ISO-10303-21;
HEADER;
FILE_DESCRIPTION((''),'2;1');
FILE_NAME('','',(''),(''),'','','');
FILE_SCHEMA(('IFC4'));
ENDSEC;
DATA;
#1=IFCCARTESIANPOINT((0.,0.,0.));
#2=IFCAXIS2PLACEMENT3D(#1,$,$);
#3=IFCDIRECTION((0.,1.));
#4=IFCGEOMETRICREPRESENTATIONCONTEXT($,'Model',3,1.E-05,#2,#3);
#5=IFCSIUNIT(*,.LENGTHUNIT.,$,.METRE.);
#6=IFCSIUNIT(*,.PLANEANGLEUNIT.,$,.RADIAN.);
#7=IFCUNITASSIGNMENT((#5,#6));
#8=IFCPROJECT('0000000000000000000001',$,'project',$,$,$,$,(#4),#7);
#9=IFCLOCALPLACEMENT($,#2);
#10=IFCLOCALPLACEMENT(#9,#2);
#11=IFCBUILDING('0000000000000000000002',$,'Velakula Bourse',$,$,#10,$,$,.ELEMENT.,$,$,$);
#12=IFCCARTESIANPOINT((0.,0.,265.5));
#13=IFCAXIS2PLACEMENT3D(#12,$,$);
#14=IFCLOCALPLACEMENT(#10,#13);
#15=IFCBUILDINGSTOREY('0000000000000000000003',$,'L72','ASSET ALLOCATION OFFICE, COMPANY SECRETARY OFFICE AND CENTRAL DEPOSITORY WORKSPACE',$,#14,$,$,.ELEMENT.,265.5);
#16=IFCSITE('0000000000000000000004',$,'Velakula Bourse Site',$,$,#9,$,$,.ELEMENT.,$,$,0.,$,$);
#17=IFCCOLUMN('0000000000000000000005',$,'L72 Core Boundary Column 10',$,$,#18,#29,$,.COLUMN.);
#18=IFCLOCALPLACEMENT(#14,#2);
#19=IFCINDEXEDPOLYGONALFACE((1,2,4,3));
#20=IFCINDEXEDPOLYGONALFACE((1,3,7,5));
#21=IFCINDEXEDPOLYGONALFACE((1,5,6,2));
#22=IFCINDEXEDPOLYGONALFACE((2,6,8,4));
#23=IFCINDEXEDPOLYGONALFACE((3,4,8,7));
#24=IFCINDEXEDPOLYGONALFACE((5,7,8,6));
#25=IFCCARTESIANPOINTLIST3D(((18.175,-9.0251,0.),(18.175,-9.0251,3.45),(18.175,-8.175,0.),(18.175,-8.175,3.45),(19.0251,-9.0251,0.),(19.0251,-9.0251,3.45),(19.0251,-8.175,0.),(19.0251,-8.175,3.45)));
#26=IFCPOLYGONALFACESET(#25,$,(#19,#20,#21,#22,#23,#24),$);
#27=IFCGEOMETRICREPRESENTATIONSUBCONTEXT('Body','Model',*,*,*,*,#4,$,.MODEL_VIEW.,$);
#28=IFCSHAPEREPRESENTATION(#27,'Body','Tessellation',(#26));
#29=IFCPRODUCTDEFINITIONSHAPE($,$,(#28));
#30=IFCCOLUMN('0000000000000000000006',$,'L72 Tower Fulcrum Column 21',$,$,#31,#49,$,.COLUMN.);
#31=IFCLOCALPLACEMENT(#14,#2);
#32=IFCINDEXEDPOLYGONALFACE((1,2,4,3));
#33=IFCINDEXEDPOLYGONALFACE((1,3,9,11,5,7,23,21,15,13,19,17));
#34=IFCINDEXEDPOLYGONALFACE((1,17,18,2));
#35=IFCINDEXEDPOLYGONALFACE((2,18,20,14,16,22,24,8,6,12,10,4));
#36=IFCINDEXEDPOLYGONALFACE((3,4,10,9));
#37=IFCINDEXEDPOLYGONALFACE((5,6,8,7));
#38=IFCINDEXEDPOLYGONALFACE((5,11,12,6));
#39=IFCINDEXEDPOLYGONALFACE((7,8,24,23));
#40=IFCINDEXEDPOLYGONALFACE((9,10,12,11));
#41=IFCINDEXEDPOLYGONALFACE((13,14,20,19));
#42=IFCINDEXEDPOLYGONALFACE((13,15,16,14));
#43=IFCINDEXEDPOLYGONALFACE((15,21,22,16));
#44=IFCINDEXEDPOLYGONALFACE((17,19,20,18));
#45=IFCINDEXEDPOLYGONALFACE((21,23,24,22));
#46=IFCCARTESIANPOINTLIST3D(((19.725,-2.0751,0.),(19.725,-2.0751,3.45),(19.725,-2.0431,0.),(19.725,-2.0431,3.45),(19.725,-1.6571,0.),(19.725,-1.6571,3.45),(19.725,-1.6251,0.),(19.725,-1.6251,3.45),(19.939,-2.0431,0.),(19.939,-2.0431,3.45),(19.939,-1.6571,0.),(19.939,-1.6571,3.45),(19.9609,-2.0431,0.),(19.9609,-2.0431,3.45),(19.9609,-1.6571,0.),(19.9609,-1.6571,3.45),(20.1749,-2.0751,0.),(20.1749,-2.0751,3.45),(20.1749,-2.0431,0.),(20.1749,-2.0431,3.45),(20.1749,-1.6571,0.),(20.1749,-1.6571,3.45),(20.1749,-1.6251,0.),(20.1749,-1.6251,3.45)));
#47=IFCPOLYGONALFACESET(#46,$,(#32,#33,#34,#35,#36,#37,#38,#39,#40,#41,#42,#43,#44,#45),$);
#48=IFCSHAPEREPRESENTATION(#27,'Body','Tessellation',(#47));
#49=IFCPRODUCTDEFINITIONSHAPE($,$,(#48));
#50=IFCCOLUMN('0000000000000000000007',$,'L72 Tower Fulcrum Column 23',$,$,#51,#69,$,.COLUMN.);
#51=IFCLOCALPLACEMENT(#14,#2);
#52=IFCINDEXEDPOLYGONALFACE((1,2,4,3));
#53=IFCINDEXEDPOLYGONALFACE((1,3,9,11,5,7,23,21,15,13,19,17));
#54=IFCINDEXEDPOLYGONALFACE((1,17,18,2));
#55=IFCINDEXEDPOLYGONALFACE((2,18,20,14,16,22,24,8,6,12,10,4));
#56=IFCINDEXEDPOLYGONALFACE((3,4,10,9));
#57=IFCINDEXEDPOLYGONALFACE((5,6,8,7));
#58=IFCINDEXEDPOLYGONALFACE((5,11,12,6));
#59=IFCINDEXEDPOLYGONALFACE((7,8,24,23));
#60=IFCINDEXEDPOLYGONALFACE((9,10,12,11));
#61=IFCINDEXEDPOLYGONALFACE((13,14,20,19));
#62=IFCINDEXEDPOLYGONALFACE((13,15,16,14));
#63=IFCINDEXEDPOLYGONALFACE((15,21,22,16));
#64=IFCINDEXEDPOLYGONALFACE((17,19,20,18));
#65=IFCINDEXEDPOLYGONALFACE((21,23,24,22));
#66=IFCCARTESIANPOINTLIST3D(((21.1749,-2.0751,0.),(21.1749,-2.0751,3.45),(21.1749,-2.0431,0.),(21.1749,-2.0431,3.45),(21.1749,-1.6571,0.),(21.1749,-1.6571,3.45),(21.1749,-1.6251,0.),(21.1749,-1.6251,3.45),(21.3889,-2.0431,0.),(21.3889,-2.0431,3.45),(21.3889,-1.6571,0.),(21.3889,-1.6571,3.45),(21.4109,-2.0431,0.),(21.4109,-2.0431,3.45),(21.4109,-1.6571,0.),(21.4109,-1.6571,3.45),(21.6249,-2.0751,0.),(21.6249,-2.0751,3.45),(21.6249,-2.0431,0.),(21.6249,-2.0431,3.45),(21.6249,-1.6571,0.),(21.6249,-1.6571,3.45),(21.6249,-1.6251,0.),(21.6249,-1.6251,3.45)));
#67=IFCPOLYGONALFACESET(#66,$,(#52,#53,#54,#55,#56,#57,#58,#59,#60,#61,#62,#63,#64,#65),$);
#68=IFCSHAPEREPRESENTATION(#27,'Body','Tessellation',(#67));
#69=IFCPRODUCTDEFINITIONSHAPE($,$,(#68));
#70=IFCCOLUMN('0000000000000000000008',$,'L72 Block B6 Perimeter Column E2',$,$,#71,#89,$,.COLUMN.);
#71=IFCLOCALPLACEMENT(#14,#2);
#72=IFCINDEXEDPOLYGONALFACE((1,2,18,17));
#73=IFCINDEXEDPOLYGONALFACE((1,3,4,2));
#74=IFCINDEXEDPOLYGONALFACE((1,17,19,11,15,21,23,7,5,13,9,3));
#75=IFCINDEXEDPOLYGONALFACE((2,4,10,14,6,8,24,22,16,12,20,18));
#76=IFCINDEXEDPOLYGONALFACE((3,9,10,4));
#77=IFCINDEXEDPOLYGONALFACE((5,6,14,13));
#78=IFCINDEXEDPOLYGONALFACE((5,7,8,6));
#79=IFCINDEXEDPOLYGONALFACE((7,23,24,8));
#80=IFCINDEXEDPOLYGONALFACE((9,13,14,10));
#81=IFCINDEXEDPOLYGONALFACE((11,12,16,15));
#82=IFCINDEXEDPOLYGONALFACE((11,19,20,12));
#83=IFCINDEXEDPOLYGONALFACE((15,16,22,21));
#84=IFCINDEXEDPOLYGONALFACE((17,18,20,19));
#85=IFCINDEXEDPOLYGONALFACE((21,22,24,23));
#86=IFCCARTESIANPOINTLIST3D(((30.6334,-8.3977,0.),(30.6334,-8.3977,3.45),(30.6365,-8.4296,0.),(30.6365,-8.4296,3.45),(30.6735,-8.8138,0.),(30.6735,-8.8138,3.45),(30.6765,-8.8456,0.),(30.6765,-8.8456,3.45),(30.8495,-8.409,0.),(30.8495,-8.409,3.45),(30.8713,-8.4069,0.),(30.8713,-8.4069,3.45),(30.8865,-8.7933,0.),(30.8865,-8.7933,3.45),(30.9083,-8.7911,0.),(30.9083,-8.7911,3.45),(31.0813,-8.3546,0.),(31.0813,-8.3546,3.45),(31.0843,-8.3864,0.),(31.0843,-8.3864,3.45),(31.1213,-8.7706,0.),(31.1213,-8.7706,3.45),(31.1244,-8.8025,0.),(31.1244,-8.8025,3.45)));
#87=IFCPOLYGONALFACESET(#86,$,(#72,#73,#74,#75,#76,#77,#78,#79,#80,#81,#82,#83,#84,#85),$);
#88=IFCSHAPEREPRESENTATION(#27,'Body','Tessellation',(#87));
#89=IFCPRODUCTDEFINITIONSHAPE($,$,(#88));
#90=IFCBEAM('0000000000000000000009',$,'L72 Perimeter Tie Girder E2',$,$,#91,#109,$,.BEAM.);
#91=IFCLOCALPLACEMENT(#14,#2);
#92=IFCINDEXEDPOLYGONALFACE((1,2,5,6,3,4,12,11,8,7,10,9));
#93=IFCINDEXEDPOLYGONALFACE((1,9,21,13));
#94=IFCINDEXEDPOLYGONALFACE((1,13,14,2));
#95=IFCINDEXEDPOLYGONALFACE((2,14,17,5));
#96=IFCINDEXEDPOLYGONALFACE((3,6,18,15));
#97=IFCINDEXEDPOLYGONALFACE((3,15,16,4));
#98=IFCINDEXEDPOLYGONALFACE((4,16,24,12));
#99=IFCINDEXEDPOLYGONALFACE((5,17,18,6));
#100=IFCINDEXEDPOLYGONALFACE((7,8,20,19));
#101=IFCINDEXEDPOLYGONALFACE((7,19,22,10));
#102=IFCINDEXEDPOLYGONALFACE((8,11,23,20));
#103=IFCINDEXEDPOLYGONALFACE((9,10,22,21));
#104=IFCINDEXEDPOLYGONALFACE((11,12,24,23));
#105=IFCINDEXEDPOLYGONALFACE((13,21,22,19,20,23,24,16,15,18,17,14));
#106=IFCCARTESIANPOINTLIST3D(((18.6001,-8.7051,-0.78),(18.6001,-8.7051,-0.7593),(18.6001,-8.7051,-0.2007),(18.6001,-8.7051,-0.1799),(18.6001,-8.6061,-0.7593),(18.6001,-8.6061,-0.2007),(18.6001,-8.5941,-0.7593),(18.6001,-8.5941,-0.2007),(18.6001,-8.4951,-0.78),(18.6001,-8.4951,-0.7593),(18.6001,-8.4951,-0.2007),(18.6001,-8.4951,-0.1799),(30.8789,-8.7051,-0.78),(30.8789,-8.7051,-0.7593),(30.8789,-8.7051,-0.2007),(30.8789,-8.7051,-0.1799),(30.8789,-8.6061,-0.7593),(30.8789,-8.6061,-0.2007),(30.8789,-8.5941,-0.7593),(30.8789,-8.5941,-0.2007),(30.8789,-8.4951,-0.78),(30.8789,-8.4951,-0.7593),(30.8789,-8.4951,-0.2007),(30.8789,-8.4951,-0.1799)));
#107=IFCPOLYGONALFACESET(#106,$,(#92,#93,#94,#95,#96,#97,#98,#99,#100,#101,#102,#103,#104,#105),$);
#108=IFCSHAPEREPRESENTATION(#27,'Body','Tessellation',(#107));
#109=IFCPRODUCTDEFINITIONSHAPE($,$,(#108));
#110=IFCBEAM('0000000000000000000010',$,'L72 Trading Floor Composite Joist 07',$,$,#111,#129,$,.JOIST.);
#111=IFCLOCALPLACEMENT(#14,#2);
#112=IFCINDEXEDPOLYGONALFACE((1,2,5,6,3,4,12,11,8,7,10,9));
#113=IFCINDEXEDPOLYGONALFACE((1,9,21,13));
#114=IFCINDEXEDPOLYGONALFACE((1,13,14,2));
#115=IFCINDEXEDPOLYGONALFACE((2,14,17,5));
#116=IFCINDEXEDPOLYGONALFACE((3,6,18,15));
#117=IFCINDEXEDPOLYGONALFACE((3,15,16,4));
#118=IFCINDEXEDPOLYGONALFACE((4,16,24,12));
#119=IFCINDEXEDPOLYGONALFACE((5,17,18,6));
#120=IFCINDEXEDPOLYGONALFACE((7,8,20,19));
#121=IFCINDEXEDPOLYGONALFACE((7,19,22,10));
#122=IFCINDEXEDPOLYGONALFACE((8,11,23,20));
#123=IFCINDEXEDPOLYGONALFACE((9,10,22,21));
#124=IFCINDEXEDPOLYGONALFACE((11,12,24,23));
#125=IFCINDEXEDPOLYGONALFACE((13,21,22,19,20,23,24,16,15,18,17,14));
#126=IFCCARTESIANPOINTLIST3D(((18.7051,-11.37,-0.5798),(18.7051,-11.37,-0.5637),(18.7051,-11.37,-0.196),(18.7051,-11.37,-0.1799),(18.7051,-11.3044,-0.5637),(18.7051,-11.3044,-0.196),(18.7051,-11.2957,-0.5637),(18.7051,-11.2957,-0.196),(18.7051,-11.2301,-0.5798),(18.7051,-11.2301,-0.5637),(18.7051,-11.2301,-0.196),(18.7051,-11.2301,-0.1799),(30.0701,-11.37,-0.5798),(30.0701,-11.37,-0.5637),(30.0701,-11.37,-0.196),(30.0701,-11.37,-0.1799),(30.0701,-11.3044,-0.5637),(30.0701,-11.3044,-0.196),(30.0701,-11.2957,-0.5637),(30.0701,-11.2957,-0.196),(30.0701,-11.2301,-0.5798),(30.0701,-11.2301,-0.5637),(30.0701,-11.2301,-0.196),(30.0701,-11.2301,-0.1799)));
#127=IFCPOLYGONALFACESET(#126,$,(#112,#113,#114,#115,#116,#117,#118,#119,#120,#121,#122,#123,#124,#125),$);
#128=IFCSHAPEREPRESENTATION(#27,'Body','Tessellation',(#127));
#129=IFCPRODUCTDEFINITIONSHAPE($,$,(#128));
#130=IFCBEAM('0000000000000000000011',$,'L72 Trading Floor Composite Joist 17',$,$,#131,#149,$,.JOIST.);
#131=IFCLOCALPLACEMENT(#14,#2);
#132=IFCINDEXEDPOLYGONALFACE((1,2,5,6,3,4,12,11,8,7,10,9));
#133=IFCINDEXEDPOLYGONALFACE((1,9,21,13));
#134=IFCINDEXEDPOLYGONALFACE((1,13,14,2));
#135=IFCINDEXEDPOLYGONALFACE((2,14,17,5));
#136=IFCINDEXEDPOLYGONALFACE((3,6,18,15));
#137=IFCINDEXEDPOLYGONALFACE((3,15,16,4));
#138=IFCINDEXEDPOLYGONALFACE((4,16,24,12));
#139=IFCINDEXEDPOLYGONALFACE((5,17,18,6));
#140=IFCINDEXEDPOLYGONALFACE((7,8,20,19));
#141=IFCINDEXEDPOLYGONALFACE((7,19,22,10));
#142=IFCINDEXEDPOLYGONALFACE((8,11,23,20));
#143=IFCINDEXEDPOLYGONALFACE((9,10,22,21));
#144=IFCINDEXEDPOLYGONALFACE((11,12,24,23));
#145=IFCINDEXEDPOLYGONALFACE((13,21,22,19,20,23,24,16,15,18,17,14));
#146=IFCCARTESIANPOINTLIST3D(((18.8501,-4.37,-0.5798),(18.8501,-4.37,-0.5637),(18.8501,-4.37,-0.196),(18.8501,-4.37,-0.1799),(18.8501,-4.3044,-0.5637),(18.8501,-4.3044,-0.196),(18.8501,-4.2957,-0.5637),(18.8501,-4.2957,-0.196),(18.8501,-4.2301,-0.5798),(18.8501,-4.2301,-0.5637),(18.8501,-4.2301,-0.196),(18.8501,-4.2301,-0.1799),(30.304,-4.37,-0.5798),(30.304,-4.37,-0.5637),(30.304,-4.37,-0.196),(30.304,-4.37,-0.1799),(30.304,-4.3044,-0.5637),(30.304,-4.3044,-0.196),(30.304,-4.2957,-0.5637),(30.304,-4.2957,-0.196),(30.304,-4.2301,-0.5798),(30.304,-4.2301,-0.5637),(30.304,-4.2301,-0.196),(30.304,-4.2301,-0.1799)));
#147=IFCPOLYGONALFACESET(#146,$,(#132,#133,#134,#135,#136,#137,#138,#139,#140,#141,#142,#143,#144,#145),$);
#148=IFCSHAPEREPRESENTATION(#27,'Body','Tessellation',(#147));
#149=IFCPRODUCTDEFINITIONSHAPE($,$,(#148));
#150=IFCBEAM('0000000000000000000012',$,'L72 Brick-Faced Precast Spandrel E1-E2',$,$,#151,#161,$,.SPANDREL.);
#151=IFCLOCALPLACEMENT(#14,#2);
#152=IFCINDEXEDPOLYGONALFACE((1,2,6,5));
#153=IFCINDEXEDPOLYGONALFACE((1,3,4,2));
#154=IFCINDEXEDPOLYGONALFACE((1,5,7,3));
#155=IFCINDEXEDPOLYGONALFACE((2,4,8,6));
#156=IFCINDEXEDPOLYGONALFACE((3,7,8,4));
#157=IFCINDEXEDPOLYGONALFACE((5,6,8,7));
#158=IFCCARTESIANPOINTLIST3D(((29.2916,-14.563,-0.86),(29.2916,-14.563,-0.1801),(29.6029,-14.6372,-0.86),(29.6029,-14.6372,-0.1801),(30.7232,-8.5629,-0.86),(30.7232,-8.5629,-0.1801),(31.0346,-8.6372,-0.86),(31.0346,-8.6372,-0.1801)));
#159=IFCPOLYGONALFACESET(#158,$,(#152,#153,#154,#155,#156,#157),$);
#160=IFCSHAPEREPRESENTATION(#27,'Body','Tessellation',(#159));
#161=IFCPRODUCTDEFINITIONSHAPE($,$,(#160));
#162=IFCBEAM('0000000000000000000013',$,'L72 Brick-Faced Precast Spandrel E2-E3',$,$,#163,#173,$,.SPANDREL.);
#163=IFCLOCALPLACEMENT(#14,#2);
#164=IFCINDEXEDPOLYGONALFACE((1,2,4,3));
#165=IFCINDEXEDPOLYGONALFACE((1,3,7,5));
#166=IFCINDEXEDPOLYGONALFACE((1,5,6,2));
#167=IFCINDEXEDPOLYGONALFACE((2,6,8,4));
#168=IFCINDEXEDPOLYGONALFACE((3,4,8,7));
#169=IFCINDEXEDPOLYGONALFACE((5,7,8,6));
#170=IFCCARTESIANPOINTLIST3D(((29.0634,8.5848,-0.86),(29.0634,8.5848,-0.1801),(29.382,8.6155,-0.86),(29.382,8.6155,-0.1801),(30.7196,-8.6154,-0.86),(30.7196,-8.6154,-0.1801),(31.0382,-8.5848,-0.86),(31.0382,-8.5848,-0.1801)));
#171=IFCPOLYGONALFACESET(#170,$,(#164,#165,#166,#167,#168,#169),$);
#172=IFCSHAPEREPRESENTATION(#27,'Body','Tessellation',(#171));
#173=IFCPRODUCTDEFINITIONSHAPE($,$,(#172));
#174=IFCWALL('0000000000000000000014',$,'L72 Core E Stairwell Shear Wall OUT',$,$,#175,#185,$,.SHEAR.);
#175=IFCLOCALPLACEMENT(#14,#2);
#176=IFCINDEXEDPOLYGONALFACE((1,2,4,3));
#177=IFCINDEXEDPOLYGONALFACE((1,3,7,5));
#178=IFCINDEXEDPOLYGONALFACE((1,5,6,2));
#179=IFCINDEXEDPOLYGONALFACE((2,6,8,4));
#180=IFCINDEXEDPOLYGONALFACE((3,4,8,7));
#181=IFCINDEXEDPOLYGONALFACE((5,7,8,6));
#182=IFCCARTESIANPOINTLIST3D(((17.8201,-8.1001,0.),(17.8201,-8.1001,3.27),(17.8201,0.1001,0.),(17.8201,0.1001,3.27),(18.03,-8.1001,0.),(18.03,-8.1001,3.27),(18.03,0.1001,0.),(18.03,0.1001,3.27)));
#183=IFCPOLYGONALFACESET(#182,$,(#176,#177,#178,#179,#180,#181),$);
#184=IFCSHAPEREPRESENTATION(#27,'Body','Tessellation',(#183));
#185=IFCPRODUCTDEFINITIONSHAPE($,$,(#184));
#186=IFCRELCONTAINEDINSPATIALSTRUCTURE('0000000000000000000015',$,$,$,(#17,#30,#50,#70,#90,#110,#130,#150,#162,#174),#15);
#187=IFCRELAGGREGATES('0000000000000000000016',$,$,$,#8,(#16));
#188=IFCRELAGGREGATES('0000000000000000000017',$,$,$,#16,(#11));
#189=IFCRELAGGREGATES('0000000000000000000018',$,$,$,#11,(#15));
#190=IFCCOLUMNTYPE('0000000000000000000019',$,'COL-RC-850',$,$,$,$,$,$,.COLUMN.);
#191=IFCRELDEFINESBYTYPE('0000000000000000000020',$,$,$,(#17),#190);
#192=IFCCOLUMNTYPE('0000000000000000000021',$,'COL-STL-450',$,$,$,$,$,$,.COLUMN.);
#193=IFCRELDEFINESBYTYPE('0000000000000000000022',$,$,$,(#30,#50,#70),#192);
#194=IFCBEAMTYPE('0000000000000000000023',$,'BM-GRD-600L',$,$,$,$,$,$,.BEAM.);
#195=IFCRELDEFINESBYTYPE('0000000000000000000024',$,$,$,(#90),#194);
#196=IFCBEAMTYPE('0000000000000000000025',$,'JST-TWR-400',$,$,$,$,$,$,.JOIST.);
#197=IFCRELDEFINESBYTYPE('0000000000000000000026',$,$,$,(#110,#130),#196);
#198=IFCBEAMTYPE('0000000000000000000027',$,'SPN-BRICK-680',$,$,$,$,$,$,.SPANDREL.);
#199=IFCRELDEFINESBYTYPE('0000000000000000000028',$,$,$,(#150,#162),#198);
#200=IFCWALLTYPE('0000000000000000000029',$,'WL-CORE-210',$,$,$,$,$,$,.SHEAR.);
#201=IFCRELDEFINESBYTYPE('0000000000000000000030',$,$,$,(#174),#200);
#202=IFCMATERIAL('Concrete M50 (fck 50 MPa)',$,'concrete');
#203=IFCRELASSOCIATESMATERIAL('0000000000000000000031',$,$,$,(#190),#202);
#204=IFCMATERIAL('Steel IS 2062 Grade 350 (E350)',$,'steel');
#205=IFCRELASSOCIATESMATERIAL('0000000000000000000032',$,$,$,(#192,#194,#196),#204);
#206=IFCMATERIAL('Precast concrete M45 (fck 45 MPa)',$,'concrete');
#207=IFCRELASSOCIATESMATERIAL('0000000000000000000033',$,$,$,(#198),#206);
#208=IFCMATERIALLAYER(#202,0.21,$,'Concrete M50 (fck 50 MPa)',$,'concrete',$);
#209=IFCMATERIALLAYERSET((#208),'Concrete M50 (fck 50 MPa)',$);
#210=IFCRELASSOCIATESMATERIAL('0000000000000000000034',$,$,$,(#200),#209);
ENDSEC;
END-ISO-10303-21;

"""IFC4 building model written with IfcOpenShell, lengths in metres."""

from ifc_helpers import new_model, si_unit, direction, frame, frame_2d, origin, origin_2d, place, context, subcontext, project, spatial, rectangle, i_section, extrude, material, layer, layer_set, material_profile, profile_set, type_object, element, save


model = new_model("IFC4")

# Units and contexts
model_context = context("Model", 3, precision=1e-05, world=origin(), true_north=direction((0.0, 1.0)))
body_context = subcontext(model_context, "Body", "Model", "MODEL_VIEW")
ifc_project = project(units=[si_unit("LENGTHUNIT", "METRE"), si_unit("PLANEANGLEUNIT", "RADIAN")], contexts=[model_context])

# Site, building, storey
site_placement = place(None, origin())
site = spatial("IfcSite", under=ifc_project, at=site_placement, Name="Velakula Bourse Site", CompositionType="ELEMENT", RefElevation=0.0)
building_placement = place(site_placement, origin())
building = spatial("IfcBuilding", under=site, at=building_placement, Name="Velakula Bourse", CompositionType="ELEMENT")
storey_placement = place(building_placement, frame((0.0, 0.0, 265.5)))
storey = spatial("IfcBuildingStorey", under=building, at=storey_placement, Name="L72", Description="ASSET ALLOCATION OFFICE, COMPANY SECRETARY OFFICE AND CENTRAL DEPOSITORY WORKSPACE", CompositionType="ELEMENT", Elevation=265.5)

# Columns
ifc_material_1 = material(Name="Concrete M50 (fck 50 MPa)", Category="concrete")
ifc_material_profile_1 = material_profile(ifc_material_1, rectangle(XDim=0.8501, YDim=0.8501, at=origin_2d()), Name="Concrete M50 (fck 50 MPa)")
ifc_profile_set_1 = profile_set([ifc_material_profile_1], Name="Concrete M50 (fck 50 MPa)")
column_type_1 = type_object("IfcColumnType", Name="COL-RC-850", PredefinedType="COLUMN", material=ifc_profile_set_1)
column_placement = place(storey_placement, frame((18.6001, -8.6001, 0.0), z_axis=(0.0, 0.0, 1.0), x_axis=(1.0, 0.0, 0.0)))
element("IfcColumn", 1, at=column_placement, inside=storey, type_object=column_type_1, Name="L72 Core Boundary Column 10", PredefinedType="COLUMN", context=body_context, shape_type="SweptSolid", body=[
    extrude(rectangle(XDim=0.8501, YDim=0.8501, at=origin_2d()), origin(), (0.0, 0.0, 1.0), 3.45),
])
ifc_material_2 = material(Name="Steel IS 2062 Grade 350 (E350)", Category="steel")
ifc_material_profile_2 = material_profile(ifc_material_2, i_section(OverallWidth=0.45, OverallDepth=0.45, WebThickness=0.022, FlangeThickness=0.032, at=origin_2d()), Name="Steel IS 2062 Grade 350 (E350)")
ifc_profile_set_2 = profile_set([ifc_material_profile_2], Name="Steel IS 2062 Grade 350 (E350)")
column_type_2 = type_object("IfcColumnType", Name="COL-STL-450", PredefinedType="COLUMN", material=ifc_profile_set_2)
for number, where, z_axis, x_axis, name in (
    (2, (19.95, -1.8501, 0.0), (0.0, 0.0, 1.0), (1.0, 0.0, 0.0), "L72 Tower Fulcrum Column 21"),
    (3, (21.3999, -1.8501, 0.0), (0.0, 0.0, 1.0), (1.0, 0.0, 0.0), "L72 Tower Fulcrum Column 23"),
    (4, (30.8789, -8.6001, 0.0), (0.0, 0.0, 1.0), (0.995396, 0.095846, 0.0), "L72 Block B6 Perimeter Column E2"),
):
    element("IfcColumn", number, at=place(storey_placement, frame(where, z_axis=z_axis, x_axis=x_axis)), inside=storey, type_object=column_type_2, Name=name, PredefinedType="COLUMN", context=body_context, shape_type="SweptSolid", body=[
        extrude(i_section(OverallWidth=0.45, OverallDepth=0.45, WebThickness=0.022, FlangeThickness=0.032, at=origin_2d()), origin(), (0.0, 0.0, 1.0), 3.45),
    ])

# Beams
ifc_material_profile_3 = material_profile(ifc_material_2, i_section(OverallWidth=0.21, OverallDepth=0.6001, WebThickness=0.012, FlangeThickness=0.0208, at=origin_2d()), Name="Steel IS 2062 Grade 350 (E350)")
ifc_profile_set_3 = profile_set([ifc_material_profile_3], Name="Steel IS 2062 Grade 350 (E350)")
beam_type_1 = type_object("IfcBeamType", Name="BM-GRD-600L", PredefinedType="BEAM", material=ifc_profile_set_3)
beam_1_placement = place(storey_placement, frame((18.6001, -8.6001, -0.48), z_axis=(1.0, 0.0, 0.0), x_axis=(0.0, 1.0, 0.0)))
element("IfcBeam", 5, at=beam_1_placement, inside=storey, type_object=beam_type_1, Name="L72 Perimeter Tie Girder E2", PredefinedType="BEAM", context=body_context, shape_type="SweptSolid", body=[
    extrude(i_section(OverallWidth=0.21, OverallDepth=0.6001, WebThickness=0.012, FlangeThickness=0.0208, at=origin_2d()), origin(), (0.0, 0.0, 1.0), 12.2788),
])
ifc_material_profile_4 = material_profile(ifc_material_2, i_section(OverallWidth=0.1399, OverallDepth=0.3999, WebThickness=0.0088, FlangeThickness=0.0161, at=origin_2d()), Name="Steel IS 2062 Grade 350 (E350)")
ifc_profile_set_4 = profile_set([ifc_material_profile_4], Name="Steel IS 2062 Grade 350 (E350)")
beam_type_2 = type_object("IfcBeamType", Name="JST-TWR-400", PredefinedType="JOIST", material=ifc_profile_set_4)
beam_2_placement = place(storey_placement, frame((18.7051, -11.3, -0.3799), z_axis=(1.0, 0.0, 0.0), x_axis=(0.0, 1.0, 0.0)))
element("IfcBeam", 6, at=beam_2_placement, inside=storey, type_object=beam_type_2, Name="L72 Trading Floor Composite Joist 07", PredefinedType="JOIST", context=body_context, shape_type="SweptSolid", body=[
    extrude(i_section(OverallWidth=0.1399, OverallDepth=0.3999, WebThickness=0.0088, FlangeThickness=0.0161, at=origin_2d()), origin(), (0.0, 0.0, 1.0), 11.365),
])
beam_3_placement = place(storey_placement, frame((18.8501, -4.3, -0.3799), z_axis=(1.0, 0.0, 0.0), x_axis=(0.0, 1.0, 0.0)))
element("IfcBeam", 7, at=beam_3_placement, inside=storey, type_object=beam_type_2, Name="L72 Trading Floor Composite Joist 17", PredefinedType="JOIST", context=body_context, shape_type="SweptSolid", body=[
    extrude(i_section(OverallWidth=0.1399, OverallDepth=0.3999, WebThickness=0.0088, FlangeThickness=0.0161, at=origin_2d()), origin(), (0.0, 0.0, 1.0), 11.4539),
])
ifc_material_3 = material(Name="Precast concrete M45 (fck 45 MPa)", Category="concrete")
ifc_material_profile_5 = material_profile(ifc_material_3, rectangle(XDim=0.3201, YDim=0.6799, at=origin_2d()), Name="Precast concrete M45 (fck 45 MPa)")
ifc_profile_set_5 = profile_set([ifc_material_profile_5], Name="Precast concrete M45 (fck 45 MPa)")
beam_type_3 = type_object("IfcBeamType", Name="SPN-BRICK-680", PredefinedType="SPANDREL", material=ifc_profile_set_5)
beam_4_placement = place(storey_placement, frame((29.4473, -14.6001, -0.52), z_axis=(0.232091, 0.972694, 0.0), x_axis=(-0.972694, 0.232091, 0.0)))
element("IfcBeam", 8, at=beam_4_placement, inside=storey, type_object=beam_type_3, Name="L72 Brick-Faced Precast Spandrel E1-E2", PredefinedType="SPANDREL", context=body_context, shape_type="SweptSolid", body=[
    extrude(rectangle(XDim=0.3201, YDim=0.6799, at=origin_2d()), origin(), (0.0, 0.0, 1.0), 6.1685),
])
beam_5_placement = place(storey_placement, frame((30.8789, -8.6001, -0.52), z_axis=(-0.095849, 0.995396, 0.0), x_axis=(-0.995396, -0.095849, 0.0)))
element("IfcBeam", 9, at=beam_5_placement, inside=storey, type_object=beam_type_3, Name="L72 Brick-Faced Precast Spandrel E2-E3", PredefinedType="SPANDREL", context=body_context, shape_type="SweptSolid", body=[
    extrude(rectangle(XDim=0.3201, YDim=0.6799, at=origin_2d()), origin(), (0.0, 0.0, 1.0), 17.2798),
])

# Wall
ifc_layer_1 = layer(ifc_material_1, 0.21, Name="Concrete M50 (fck 50 MPa)", Category="concrete")
ifc_layer_set_1 = layer_set([ifc_layer_1], Name="Concrete M50 (fck 50 MPa)")
wall_type_1 = type_object("IfcWallType", Name="WL-CORE-210", PredefinedType="SHEAR", material=ifc_layer_set_1)
wall_1_placement = place(storey_placement, frame((17.925, -8.1001, 0.0), z_axis=(0.0, 0.0, 1.0), x_axis=(0.0, 1.0, 0.0)))
element("IfcWall", 10, at=wall_1_placement, inside=storey, type_object=wall_type_1, Name="L72 Core E Stairwell Shear Wall OUT", PredefinedType="SHEAR", context=body_context, shape_type="SweptSolid", body=[
    extrude(rectangle(XDim=8.2002, YDim=0.21, at=frame_2d((4.1001, 0.0))), origin(), (0.0, 0.0, 1.0), 3.27),
])

save(model, "model.ifc")
